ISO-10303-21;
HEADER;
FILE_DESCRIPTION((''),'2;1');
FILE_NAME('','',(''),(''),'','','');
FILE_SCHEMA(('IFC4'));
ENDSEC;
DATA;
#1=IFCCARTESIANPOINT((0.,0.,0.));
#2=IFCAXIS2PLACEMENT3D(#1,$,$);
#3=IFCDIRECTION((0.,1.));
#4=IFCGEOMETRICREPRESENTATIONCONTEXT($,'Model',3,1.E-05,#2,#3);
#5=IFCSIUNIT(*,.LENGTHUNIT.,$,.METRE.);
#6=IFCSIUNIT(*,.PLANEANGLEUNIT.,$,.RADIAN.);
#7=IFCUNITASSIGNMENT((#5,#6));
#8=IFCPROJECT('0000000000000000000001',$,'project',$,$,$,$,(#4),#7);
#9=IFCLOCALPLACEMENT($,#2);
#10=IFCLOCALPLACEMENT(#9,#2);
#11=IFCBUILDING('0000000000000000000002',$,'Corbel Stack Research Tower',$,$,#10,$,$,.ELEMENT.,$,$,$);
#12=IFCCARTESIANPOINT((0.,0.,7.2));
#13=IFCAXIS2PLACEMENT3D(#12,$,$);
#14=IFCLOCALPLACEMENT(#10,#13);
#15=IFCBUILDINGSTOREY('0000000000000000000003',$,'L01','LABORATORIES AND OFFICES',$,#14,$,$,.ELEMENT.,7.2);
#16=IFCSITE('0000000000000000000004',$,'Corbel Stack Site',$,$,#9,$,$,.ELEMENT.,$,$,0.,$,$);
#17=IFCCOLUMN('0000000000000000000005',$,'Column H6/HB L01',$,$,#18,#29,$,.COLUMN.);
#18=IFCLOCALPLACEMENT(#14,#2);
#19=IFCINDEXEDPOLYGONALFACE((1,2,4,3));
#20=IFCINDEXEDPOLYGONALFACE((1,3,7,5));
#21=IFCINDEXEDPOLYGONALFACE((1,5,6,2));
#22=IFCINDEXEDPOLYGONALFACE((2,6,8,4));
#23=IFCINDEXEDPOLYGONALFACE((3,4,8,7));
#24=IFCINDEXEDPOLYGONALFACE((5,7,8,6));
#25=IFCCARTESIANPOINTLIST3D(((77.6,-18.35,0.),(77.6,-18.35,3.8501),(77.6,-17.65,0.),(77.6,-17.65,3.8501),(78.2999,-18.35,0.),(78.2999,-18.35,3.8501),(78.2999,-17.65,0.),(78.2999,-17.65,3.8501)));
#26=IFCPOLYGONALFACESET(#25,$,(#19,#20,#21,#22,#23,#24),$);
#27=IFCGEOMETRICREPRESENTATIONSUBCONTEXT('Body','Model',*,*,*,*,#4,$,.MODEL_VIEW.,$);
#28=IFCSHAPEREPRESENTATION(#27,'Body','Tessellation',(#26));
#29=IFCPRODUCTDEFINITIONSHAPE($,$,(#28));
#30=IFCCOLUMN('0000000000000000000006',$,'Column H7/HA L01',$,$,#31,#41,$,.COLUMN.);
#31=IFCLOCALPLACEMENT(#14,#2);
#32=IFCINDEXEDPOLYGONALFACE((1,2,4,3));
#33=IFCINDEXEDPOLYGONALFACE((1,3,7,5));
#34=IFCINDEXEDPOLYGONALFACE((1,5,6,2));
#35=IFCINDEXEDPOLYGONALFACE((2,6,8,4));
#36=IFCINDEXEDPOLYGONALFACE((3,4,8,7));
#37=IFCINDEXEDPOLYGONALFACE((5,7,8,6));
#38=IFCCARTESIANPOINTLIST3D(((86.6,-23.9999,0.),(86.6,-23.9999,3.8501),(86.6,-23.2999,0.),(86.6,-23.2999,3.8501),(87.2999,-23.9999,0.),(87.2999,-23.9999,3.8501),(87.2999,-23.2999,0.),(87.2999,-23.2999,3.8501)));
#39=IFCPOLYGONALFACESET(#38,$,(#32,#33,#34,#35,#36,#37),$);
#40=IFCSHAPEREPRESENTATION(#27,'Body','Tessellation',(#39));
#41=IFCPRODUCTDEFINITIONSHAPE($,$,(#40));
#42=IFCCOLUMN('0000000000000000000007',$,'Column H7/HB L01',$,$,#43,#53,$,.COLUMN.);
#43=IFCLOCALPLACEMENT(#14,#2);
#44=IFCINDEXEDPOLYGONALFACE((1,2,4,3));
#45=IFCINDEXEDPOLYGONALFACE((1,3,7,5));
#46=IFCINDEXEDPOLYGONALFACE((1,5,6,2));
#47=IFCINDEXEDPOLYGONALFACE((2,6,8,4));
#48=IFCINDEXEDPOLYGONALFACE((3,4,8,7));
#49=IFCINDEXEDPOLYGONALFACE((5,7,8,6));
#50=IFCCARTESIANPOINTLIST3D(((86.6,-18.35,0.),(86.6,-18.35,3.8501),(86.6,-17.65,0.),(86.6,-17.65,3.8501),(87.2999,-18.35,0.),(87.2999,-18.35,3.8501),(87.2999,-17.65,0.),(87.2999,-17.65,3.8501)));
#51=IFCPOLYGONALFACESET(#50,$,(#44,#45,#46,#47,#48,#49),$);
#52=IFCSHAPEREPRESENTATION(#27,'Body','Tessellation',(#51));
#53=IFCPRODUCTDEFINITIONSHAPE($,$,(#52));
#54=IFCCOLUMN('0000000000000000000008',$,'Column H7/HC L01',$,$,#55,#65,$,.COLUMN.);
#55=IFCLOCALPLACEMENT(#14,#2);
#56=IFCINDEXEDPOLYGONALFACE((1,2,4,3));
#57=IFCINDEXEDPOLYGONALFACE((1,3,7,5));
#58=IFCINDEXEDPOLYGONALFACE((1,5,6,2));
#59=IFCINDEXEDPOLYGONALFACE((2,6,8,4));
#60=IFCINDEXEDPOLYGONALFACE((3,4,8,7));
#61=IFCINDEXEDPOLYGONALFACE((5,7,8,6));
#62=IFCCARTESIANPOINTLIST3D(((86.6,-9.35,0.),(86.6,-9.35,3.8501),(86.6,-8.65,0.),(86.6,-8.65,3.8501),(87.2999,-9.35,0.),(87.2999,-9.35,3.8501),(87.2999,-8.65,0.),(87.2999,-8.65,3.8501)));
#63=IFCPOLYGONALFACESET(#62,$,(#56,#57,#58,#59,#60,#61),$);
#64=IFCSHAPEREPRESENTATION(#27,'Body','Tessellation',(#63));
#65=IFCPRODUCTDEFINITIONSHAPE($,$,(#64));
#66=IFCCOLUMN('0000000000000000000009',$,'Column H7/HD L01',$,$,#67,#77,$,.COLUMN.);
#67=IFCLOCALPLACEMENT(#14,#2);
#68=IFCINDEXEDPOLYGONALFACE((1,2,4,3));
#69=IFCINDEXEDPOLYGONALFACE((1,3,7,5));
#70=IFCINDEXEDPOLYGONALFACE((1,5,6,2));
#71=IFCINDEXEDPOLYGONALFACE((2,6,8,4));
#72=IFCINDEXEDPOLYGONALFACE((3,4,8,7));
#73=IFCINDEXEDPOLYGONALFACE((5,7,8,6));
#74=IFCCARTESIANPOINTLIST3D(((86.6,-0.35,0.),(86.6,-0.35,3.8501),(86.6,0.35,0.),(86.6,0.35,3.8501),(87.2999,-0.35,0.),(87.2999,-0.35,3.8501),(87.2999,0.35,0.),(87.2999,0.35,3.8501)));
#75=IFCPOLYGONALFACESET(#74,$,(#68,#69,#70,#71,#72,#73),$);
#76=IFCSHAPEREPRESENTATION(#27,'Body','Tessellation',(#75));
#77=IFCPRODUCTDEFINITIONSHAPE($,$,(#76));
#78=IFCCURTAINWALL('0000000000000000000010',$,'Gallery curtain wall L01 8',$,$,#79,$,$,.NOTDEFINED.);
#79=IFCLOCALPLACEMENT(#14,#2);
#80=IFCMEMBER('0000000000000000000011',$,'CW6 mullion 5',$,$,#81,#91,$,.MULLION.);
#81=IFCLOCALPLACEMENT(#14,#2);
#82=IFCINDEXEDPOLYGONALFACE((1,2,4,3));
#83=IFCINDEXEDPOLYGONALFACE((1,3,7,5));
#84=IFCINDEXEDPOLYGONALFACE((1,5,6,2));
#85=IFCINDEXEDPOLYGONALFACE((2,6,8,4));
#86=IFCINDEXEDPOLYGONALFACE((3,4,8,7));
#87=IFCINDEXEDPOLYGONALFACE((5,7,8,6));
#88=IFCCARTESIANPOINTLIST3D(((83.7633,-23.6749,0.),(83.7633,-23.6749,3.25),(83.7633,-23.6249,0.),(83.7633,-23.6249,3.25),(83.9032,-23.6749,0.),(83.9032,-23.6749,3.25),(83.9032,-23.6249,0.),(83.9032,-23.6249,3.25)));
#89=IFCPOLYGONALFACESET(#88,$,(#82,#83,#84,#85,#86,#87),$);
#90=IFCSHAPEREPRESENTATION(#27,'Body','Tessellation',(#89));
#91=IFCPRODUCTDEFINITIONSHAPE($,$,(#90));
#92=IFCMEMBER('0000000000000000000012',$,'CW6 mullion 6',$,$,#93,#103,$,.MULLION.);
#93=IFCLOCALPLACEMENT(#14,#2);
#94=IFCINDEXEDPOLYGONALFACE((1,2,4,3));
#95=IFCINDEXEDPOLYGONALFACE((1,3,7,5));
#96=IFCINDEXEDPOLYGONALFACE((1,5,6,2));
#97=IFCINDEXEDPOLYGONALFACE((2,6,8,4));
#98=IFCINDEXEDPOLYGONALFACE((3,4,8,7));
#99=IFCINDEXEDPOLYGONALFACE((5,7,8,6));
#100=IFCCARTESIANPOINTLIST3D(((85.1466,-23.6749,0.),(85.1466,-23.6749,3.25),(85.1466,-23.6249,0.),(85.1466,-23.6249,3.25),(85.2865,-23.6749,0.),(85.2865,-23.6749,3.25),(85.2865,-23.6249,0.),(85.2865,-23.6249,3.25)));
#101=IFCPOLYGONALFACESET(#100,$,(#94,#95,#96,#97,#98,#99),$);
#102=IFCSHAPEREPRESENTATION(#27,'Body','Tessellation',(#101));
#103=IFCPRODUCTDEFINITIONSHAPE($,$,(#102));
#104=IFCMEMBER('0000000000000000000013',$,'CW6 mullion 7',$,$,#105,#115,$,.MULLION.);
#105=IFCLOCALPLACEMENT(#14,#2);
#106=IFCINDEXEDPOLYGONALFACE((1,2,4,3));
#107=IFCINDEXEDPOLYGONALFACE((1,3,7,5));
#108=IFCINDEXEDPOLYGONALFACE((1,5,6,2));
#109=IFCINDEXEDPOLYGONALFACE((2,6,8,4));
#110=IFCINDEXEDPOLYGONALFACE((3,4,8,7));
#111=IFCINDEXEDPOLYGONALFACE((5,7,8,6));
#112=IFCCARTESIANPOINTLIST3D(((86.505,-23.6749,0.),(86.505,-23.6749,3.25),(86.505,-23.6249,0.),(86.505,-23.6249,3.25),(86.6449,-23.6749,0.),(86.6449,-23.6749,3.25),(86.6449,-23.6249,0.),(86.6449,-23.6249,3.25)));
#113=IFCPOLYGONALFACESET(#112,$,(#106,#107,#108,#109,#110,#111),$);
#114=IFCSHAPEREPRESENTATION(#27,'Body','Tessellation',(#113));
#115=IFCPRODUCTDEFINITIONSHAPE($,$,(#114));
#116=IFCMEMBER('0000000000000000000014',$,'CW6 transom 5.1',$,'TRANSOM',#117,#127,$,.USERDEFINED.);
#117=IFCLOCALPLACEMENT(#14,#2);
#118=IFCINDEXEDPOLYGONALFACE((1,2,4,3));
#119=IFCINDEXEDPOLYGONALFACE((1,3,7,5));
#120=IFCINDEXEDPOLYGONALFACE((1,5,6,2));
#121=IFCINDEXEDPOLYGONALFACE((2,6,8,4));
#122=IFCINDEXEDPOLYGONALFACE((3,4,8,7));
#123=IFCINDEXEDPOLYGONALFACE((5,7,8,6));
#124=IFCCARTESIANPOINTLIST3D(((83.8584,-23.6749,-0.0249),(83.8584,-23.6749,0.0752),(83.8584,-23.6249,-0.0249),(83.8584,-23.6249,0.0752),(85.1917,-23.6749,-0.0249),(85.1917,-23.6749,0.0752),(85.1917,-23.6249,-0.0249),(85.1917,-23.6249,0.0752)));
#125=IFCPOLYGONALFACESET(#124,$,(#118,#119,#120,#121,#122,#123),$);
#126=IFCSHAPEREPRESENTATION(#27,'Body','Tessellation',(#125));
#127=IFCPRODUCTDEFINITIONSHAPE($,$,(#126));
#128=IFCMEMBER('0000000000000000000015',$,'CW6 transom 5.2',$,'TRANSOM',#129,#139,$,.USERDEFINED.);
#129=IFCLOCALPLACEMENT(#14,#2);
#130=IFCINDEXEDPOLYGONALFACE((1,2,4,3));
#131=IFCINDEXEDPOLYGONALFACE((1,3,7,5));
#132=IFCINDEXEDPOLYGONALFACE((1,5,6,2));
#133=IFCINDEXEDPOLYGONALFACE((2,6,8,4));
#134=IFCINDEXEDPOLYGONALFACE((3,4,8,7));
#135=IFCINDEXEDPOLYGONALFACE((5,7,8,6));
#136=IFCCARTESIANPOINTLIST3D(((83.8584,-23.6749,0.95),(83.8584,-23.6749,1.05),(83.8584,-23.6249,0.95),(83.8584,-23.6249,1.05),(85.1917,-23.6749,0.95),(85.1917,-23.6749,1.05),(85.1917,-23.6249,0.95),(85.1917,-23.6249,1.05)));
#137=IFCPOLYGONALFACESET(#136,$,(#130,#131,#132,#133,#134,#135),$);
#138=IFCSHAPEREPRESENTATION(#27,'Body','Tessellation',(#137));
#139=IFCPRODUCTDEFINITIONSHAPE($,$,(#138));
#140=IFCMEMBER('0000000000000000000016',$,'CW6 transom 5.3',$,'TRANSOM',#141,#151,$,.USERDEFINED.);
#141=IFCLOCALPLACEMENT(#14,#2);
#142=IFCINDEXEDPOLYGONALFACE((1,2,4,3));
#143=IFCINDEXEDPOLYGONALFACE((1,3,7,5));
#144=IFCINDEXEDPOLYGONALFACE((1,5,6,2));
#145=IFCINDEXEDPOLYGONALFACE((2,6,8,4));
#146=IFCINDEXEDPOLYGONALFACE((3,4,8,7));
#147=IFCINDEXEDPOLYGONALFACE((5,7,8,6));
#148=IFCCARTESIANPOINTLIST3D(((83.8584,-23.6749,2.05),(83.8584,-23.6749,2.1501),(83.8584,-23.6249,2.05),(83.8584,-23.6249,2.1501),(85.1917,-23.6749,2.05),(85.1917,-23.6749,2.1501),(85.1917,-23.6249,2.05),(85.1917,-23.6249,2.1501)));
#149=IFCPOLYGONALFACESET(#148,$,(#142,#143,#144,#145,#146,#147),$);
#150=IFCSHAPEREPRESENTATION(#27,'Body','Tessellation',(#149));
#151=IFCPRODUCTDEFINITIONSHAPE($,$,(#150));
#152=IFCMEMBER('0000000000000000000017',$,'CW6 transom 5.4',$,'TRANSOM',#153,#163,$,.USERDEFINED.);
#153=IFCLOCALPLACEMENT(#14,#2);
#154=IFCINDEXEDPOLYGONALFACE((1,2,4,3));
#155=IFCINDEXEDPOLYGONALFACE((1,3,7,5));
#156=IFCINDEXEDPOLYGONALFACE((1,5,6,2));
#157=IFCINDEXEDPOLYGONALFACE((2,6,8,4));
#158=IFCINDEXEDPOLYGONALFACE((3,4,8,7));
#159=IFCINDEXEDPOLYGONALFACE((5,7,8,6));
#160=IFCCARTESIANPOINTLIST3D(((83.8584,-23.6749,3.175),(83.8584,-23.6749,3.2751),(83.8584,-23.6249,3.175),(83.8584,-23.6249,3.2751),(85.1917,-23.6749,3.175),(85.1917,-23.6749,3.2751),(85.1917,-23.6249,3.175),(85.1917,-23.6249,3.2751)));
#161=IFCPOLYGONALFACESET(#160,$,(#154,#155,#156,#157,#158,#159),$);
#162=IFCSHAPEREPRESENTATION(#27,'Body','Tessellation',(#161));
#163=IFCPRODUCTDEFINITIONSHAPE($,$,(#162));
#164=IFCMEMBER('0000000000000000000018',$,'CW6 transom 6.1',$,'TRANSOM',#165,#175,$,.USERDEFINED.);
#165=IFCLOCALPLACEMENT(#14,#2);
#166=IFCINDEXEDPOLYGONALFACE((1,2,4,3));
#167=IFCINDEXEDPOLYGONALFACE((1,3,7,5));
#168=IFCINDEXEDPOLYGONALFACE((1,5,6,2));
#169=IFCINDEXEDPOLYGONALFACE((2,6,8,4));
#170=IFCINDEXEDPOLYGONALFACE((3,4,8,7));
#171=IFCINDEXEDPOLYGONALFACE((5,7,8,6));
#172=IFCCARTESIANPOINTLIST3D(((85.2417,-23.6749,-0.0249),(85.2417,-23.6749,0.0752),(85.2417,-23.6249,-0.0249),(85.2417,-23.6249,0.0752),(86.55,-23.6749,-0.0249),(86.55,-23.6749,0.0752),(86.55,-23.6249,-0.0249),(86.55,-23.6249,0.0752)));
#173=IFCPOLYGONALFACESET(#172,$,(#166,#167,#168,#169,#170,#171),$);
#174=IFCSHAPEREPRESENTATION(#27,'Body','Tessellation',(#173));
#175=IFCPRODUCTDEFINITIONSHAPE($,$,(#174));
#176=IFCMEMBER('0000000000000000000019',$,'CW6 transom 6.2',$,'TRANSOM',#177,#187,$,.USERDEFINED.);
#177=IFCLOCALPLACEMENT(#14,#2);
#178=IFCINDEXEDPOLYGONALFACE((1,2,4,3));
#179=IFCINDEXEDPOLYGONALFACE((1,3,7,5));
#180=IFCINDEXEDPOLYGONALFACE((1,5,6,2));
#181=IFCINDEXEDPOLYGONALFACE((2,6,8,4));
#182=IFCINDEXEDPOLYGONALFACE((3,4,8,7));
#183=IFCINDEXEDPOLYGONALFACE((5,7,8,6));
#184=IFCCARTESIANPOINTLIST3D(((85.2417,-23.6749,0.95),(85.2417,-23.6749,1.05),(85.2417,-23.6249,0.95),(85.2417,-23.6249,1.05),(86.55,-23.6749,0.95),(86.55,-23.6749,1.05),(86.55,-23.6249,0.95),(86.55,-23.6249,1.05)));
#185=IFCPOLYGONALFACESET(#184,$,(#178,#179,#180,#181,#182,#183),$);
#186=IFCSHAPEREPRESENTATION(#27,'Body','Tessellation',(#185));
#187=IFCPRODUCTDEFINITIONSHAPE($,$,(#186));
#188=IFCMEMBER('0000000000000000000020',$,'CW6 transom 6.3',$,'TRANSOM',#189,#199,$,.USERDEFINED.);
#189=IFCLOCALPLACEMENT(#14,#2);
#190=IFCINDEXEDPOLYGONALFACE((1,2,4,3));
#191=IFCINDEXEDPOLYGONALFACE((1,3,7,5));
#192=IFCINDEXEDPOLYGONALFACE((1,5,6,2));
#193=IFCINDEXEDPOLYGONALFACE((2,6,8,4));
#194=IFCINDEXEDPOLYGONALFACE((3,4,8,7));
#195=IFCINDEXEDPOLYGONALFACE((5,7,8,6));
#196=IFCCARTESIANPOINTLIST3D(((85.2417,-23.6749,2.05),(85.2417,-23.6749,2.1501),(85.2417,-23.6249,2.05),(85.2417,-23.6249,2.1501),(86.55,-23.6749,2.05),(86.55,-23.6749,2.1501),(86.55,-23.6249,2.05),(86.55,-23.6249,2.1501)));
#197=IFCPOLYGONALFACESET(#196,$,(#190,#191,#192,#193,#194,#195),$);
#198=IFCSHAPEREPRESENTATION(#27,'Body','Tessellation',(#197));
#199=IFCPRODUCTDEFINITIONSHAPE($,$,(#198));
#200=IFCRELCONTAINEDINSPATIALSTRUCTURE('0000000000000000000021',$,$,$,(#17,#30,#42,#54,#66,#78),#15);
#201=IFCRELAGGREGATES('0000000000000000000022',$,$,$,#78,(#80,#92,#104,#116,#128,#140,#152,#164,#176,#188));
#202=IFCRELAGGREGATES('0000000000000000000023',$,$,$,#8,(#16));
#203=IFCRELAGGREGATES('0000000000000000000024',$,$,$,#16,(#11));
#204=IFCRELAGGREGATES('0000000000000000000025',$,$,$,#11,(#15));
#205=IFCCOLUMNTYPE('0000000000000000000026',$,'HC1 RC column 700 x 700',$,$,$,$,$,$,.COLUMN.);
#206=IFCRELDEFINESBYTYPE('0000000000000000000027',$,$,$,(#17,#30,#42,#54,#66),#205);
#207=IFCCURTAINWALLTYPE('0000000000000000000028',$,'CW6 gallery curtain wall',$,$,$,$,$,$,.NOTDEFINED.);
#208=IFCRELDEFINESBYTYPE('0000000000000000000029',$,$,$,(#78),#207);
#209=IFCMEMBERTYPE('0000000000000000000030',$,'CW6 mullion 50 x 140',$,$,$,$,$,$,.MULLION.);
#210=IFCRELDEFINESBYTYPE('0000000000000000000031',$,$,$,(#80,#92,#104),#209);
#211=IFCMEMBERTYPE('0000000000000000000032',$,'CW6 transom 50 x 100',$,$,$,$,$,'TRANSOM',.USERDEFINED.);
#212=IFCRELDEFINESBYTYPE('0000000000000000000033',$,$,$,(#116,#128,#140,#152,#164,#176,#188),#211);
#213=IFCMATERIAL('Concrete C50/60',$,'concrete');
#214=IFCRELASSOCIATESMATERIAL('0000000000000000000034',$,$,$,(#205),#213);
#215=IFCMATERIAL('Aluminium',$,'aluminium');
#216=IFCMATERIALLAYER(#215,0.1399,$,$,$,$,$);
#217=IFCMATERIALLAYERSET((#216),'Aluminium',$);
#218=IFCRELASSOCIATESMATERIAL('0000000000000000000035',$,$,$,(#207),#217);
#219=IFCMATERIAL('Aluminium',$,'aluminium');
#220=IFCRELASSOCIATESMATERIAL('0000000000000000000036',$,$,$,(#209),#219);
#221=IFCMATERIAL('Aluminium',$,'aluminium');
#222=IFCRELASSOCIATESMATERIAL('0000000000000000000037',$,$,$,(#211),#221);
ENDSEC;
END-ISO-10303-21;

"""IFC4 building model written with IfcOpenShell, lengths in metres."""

from ifc_helpers import new_model, si_unit, direction, frame, origin, origin_2d, place, context, subcontext, project, spatial, rectangle, extrude, material, layer, layer_set, material_profile, profile_set, type_object, element, aggregate, save


model = new_model("IFC4")

# Units and contexts
model_context = context("Model", 3, precision=1e-05, world=origin(), true_north=direction((0.0, 1.0)))
body_context = subcontext(model_context, "Body", "Model", "MODEL_VIEW")
ifc_project = project(units=[si_unit("LENGTHUNIT", "METRE"), si_unit("PLANEANGLEUNIT", "RADIAN")], contexts=[model_context])

# Site, building, storey
site_placement = place(None, origin())
site = spatial("IfcSite", under=ifc_project, at=site_placement, Name="Corbel Stack Site", CompositionType="ELEMENT", RefElevation=0.0)
building_placement = place(site_placement, origin())
building = spatial("IfcBuilding", under=site, at=building_placement, Name="Corbel Stack Research Tower", CompositionType="ELEMENT")
storey_placement = place(building_placement, frame((0.0, 0.0, 7.2)))
storey = spatial("IfcBuildingStorey", under=building, at=storey_placement, Name="L01", Description="LABORATORIES AND OFFICES", CompositionType="ELEMENT", Elevation=7.2)

# Columns
ifc_material_1 = material(Name="Concrete C50/60", Category="concrete")
ifc_material_profile_1 = material_profile(ifc_material_1, rectangle(XDim=0.7, YDim=0.7, at=origin_2d()), Name="RC 700 x 700")
ifc_profile_set_1 = profile_set([ifc_material_profile_1], Name="Concrete C50/60")
column_type = type_object("IfcColumnType", Name="HC1 RC column 700 x 700", PredefinedType="COLUMN", material=ifc_profile_set_1)
for number, where, z_axis, x_axis, name in (
    (1, (77.95, -18.0, 0.0), (0.0, 0.0, 1.0), (1.0, 0.0, 0.0), "Column H6/HB L01"),
    (2, (86.95, -23.6499, 0.0), (0.0, 0.0, 1.0), (1.0, 0.0, 0.0), "Column H7/HA L01"),
    (3, (86.95, -18.0, 0.0), (0.0, 0.0, 1.0), (1.0, 0.0, 0.0), "Column H7/HB L01"),
    (4, (86.95, -9.0, 0.0), (0.0, 0.0, 1.0), (1.0, 0.0, 0.0), "Column H7/HC L01"),
    (5, (86.95, 0.0, 0.0), (0.0, 0.0, 1.0), (1.0, 0.0, 0.0), "Column H7/HD L01"),
):
    element("IfcColumn", number, at=place(storey_placement, frame(where, z_axis=z_axis, x_axis=x_axis)), inside=storey, type_object=column_type, Name=name, PredefinedType="COLUMN", context=body_context, shape_type="SweptSolid", body=[
        extrude(rectangle(XDim=0.7, YDim=0.7, at=origin_2d()), origin(), (0.0, 0.0, 1.0), 3.8501),
    ])

# Curtain wall, members
ifc_material_2 = material(Name="Aluminium", Category="aluminium")
ifc_layer_1 = layer(ifc_material_2, 0.1399)
ifc_layer_set_1 = layer_set([ifc_layer_1], Name="Aluminium")
curtain_wall_type = type_object("IfcCurtainWallType", Name="CW6 gallery curtain wall", PredefinedType="NOTDEFINED", material=ifc_layer_set_1)
curtain_wall_placement = place(storey_placement, origin())
curtain_wall = element("IfcCurtainWall", 6, at=curtain_wall_placement, inside=storey, type_object=curtain_wall_type, Name="Gallery curtain wall L01 8", PredefinedType="NOTDEFINED")
ifc_material_3 = material(Name="Aluminium", Category="aluminium")
ifc_material_profile_2 = material_profile(ifc_material_3, rectangle(XDim=0.05, YDim=0.1399, at=origin_2d()), Name="Mullion 50 x 140")
ifc_profile_set_2 = profile_set([ifc_material_profile_2], Name="Aluminium")
member_type_1 = type_object("IfcMemberType", Name="CW6 mullion 50 x 140", PredefinedType="MULLION", material=ifc_profile_set_2)
member_1_placement = place(storey_placement, frame((83.8333, -23.6499, 0.0), z_axis=(0.0, 0.0, 1.0), x_axis=(0.0, 1.0, 0.0)))
member_1 = element("IfcMember", 7, at=member_1_placement, type_object=member_type_1, Name="CW6 mullion 5", PredefinedType="MULLION", context=body_context, shape_type="SweptSolid", body=[
    extrude(rectangle(XDim=0.05, YDim=0.1399, at=origin_2d()), origin(), (0.0, 0.0, 1.0), 3.25),
])
member_2_placement = place(storey_placement, frame((85.2166, -23.6499, 0.0), z_axis=(0.0, 0.0, 1.0), x_axis=(0.0, 1.0, 0.0)))
member_2 = element("IfcMember", 8, at=member_2_placement, type_object=member_type_1, Name="CW6 mullion 6", PredefinedType="MULLION", context=body_context, shape_type="SweptSolid", body=[
    extrude(rectangle(XDim=0.05, YDim=0.1399, at=origin_2d()), origin(), (0.0, 0.0, 1.0), 3.25),
])
member_3_placement = place(storey_placement, frame((86.575, -23.6499, 0.0), z_axis=(0.0, 0.0, 1.0), x_axis=(0.0, 1.0, 0.0)))
member_3 = element("IfcMember", 9, at=member_3_placement, type_object=member_type_1, Name="CW6 mullion 7", PredefinedType="MULLION", context=body_context, shape_type="SweptSolid", body=[
    extrude(rectangle(XDim=0.05, YDim=0.1399, at=origin_2d()), origin(), (0.0, 0.0, 1.0), 3.25),
])
ifc_material_4 = material(Name="Aluminium", Category="aluminium")
ifc_material_profile_3 = material_profile(ifc_material_4, rectangle(XDim=0.05, YDim=0.1001, at=origin_2d()), Name="Transom 50 x 100")
ifc_profile_set_3 = profile_set([ifc_material_profile_3], Name="Aluminium")
member_type_2 = type_object("IfcMemberType", Name="CW6 transom 50 x 100", ElementType="TRANSOM", PredefinedType="USERDEFINED", material=ifc_profile_set_3)
member_4_placement = place(storey_placement, frame((83.8584, -23.6499, 0.0251), z_axis=(1.0, 0.0, 0.0), x_axis=(0.0, 1.0, 0.0)))
member_4 = element("IfcMember", 10, at=member_4_placement, type_object=member_type_2, Name="CW6 transom 5.1", ObjectType="TRANSOM", PredefinedType="USERDEFINED", context=body_context, shape_type="SweptSolid", body=[
    extrude(rectangle(XDim=0.05, YDim=0.1001, at=origin_2d()), origin(), (0.0, 0.0, 1.0), 1.3333),
])
member_5_placement = place(storey_placement, frame((83.8584, -23.6499, 1.0), z_axis=(1.0, 0.0, 0.0), x_axis=(0.0, 1.0, 0.0)))
member_5 = element("IfcMember", 11, at=member_5_placement, type_object=member_type_2, Name="CW6 transom 5.2", ObjectType="TRANSOM", PredefinedType="USERDEFINED", context=body_context, shape_type="SweptSolid", body=[
    extrude(rectangle(XDim=0.05, YDim=0.1001, at=origin_2d()), origin(), (0.0, 0.0, 1.0), 1.3333),
])
member_6_placement = place(storey_placement, frame((83.8584, -23.6499, 2.1001), z_axis=(1.0, 0.0, 0.0), x_axis=(0.0, 1.0, 0.0)))
member_6 = element("IfcMember", 12, at=member_6_placement, type_object=member_type_2, Name="CW6 transom 5.3", ObjectType="TRANSOM", PredefinedType="USERDEFINED", context=body_context, shape_type="SweptSolid", body=[
    extrude(rectangle(XDim=0.05, YDim=0.1001, at=origin_2d()), origin(), (0.0, 0.0, 1.0), 1.3333),
])
member_7_placement = place(storey_placement, frame((83.8584, -23.6499, 3.2251), z_axis=(1.0, 0.0, 0.0), x_axis=(0.0, 1.0, 0.0)))
member_7 = element("IfcMember", 13, at=member_7_placement, type_object=member_type_2, Name="CW6 transom 5.4", ObjectType="TRANSOM", PredefinedType="USERDEFINED", context=body_context, shape_type="SweptSolid", body=[
    extrude(rectangle(XDim=0.05, YDim=0.1001, at=origin_2d()), origin(), (0.0, 0.0, 1.0), 1.3333),
])
member_8_placement = place(storey_placement, frame((85.2417, -23.6499, 0.0251), z_axis=(1.0, 0.0, 0.0), x_axis=(0.0, 1.0, 0.0)))
member_8 = element("IfcMember", 14, at=member_8_placement, type_object=member_type_2, Name="CW6 transom 6.1", ObjectType="TRANSOM", PredefinedType="USERDEFINED", context=body_context, shape_type="SweptSolid", body=[
    extrude(rectangle(XDim=0.05, YDim=0.1001, at=origin_2d()), origin(), (0.0, 0.0, 1.0), 1.3083),
])
member_9_placement = place(storey_placement, frame((85.2417, -23.6499, 1.0), z_axis=(1.0, 0.0, 0.0), x_axis=(0.0, 1.0, 0.0)))
member_9 = element("IfcMember", 15, at=member_9_placement, type_object=member_type_2, Name="CW6 transom 6.2", ObjectType="TRANSOM", PredefinedType="USERDEFINED", context=body_context, shape_type="SweptSolid", body=[
    extrude(rectangle(XDim=0.05, YDim=0.1001, at=origin_2d()), origin(), (0.0, 0.0, 1.0), 1.3083),
])
member_10_placement = place(storey_placement, frame((85.2417, -23.6499, 2.1001), z_axis=(1.0, 0.0, 0.0), x_axis=(0.0, 1.0, 0.0)))
member_10 = element("IfcMember", 16, at=member_10_placement, type_object=member_type_2, Name="CW6 transom 6.3", ObjectType="TRANSOM", PredefinedType="USERDEFINED", context=body_context, shape_type="SweptSolid", body=[
    extrude(rectangle(XDim=0.05, YDim=0.1001, at=origin_2d()), origin(), (0.0, 0.0, 1.0), 1.3083),
])

aggregate(curtain_wall, [member_1, member_2, member_3, member_4, member_5, member_6, member_7, member_8, member_9, member_10])

save(model, "model.ifc")
